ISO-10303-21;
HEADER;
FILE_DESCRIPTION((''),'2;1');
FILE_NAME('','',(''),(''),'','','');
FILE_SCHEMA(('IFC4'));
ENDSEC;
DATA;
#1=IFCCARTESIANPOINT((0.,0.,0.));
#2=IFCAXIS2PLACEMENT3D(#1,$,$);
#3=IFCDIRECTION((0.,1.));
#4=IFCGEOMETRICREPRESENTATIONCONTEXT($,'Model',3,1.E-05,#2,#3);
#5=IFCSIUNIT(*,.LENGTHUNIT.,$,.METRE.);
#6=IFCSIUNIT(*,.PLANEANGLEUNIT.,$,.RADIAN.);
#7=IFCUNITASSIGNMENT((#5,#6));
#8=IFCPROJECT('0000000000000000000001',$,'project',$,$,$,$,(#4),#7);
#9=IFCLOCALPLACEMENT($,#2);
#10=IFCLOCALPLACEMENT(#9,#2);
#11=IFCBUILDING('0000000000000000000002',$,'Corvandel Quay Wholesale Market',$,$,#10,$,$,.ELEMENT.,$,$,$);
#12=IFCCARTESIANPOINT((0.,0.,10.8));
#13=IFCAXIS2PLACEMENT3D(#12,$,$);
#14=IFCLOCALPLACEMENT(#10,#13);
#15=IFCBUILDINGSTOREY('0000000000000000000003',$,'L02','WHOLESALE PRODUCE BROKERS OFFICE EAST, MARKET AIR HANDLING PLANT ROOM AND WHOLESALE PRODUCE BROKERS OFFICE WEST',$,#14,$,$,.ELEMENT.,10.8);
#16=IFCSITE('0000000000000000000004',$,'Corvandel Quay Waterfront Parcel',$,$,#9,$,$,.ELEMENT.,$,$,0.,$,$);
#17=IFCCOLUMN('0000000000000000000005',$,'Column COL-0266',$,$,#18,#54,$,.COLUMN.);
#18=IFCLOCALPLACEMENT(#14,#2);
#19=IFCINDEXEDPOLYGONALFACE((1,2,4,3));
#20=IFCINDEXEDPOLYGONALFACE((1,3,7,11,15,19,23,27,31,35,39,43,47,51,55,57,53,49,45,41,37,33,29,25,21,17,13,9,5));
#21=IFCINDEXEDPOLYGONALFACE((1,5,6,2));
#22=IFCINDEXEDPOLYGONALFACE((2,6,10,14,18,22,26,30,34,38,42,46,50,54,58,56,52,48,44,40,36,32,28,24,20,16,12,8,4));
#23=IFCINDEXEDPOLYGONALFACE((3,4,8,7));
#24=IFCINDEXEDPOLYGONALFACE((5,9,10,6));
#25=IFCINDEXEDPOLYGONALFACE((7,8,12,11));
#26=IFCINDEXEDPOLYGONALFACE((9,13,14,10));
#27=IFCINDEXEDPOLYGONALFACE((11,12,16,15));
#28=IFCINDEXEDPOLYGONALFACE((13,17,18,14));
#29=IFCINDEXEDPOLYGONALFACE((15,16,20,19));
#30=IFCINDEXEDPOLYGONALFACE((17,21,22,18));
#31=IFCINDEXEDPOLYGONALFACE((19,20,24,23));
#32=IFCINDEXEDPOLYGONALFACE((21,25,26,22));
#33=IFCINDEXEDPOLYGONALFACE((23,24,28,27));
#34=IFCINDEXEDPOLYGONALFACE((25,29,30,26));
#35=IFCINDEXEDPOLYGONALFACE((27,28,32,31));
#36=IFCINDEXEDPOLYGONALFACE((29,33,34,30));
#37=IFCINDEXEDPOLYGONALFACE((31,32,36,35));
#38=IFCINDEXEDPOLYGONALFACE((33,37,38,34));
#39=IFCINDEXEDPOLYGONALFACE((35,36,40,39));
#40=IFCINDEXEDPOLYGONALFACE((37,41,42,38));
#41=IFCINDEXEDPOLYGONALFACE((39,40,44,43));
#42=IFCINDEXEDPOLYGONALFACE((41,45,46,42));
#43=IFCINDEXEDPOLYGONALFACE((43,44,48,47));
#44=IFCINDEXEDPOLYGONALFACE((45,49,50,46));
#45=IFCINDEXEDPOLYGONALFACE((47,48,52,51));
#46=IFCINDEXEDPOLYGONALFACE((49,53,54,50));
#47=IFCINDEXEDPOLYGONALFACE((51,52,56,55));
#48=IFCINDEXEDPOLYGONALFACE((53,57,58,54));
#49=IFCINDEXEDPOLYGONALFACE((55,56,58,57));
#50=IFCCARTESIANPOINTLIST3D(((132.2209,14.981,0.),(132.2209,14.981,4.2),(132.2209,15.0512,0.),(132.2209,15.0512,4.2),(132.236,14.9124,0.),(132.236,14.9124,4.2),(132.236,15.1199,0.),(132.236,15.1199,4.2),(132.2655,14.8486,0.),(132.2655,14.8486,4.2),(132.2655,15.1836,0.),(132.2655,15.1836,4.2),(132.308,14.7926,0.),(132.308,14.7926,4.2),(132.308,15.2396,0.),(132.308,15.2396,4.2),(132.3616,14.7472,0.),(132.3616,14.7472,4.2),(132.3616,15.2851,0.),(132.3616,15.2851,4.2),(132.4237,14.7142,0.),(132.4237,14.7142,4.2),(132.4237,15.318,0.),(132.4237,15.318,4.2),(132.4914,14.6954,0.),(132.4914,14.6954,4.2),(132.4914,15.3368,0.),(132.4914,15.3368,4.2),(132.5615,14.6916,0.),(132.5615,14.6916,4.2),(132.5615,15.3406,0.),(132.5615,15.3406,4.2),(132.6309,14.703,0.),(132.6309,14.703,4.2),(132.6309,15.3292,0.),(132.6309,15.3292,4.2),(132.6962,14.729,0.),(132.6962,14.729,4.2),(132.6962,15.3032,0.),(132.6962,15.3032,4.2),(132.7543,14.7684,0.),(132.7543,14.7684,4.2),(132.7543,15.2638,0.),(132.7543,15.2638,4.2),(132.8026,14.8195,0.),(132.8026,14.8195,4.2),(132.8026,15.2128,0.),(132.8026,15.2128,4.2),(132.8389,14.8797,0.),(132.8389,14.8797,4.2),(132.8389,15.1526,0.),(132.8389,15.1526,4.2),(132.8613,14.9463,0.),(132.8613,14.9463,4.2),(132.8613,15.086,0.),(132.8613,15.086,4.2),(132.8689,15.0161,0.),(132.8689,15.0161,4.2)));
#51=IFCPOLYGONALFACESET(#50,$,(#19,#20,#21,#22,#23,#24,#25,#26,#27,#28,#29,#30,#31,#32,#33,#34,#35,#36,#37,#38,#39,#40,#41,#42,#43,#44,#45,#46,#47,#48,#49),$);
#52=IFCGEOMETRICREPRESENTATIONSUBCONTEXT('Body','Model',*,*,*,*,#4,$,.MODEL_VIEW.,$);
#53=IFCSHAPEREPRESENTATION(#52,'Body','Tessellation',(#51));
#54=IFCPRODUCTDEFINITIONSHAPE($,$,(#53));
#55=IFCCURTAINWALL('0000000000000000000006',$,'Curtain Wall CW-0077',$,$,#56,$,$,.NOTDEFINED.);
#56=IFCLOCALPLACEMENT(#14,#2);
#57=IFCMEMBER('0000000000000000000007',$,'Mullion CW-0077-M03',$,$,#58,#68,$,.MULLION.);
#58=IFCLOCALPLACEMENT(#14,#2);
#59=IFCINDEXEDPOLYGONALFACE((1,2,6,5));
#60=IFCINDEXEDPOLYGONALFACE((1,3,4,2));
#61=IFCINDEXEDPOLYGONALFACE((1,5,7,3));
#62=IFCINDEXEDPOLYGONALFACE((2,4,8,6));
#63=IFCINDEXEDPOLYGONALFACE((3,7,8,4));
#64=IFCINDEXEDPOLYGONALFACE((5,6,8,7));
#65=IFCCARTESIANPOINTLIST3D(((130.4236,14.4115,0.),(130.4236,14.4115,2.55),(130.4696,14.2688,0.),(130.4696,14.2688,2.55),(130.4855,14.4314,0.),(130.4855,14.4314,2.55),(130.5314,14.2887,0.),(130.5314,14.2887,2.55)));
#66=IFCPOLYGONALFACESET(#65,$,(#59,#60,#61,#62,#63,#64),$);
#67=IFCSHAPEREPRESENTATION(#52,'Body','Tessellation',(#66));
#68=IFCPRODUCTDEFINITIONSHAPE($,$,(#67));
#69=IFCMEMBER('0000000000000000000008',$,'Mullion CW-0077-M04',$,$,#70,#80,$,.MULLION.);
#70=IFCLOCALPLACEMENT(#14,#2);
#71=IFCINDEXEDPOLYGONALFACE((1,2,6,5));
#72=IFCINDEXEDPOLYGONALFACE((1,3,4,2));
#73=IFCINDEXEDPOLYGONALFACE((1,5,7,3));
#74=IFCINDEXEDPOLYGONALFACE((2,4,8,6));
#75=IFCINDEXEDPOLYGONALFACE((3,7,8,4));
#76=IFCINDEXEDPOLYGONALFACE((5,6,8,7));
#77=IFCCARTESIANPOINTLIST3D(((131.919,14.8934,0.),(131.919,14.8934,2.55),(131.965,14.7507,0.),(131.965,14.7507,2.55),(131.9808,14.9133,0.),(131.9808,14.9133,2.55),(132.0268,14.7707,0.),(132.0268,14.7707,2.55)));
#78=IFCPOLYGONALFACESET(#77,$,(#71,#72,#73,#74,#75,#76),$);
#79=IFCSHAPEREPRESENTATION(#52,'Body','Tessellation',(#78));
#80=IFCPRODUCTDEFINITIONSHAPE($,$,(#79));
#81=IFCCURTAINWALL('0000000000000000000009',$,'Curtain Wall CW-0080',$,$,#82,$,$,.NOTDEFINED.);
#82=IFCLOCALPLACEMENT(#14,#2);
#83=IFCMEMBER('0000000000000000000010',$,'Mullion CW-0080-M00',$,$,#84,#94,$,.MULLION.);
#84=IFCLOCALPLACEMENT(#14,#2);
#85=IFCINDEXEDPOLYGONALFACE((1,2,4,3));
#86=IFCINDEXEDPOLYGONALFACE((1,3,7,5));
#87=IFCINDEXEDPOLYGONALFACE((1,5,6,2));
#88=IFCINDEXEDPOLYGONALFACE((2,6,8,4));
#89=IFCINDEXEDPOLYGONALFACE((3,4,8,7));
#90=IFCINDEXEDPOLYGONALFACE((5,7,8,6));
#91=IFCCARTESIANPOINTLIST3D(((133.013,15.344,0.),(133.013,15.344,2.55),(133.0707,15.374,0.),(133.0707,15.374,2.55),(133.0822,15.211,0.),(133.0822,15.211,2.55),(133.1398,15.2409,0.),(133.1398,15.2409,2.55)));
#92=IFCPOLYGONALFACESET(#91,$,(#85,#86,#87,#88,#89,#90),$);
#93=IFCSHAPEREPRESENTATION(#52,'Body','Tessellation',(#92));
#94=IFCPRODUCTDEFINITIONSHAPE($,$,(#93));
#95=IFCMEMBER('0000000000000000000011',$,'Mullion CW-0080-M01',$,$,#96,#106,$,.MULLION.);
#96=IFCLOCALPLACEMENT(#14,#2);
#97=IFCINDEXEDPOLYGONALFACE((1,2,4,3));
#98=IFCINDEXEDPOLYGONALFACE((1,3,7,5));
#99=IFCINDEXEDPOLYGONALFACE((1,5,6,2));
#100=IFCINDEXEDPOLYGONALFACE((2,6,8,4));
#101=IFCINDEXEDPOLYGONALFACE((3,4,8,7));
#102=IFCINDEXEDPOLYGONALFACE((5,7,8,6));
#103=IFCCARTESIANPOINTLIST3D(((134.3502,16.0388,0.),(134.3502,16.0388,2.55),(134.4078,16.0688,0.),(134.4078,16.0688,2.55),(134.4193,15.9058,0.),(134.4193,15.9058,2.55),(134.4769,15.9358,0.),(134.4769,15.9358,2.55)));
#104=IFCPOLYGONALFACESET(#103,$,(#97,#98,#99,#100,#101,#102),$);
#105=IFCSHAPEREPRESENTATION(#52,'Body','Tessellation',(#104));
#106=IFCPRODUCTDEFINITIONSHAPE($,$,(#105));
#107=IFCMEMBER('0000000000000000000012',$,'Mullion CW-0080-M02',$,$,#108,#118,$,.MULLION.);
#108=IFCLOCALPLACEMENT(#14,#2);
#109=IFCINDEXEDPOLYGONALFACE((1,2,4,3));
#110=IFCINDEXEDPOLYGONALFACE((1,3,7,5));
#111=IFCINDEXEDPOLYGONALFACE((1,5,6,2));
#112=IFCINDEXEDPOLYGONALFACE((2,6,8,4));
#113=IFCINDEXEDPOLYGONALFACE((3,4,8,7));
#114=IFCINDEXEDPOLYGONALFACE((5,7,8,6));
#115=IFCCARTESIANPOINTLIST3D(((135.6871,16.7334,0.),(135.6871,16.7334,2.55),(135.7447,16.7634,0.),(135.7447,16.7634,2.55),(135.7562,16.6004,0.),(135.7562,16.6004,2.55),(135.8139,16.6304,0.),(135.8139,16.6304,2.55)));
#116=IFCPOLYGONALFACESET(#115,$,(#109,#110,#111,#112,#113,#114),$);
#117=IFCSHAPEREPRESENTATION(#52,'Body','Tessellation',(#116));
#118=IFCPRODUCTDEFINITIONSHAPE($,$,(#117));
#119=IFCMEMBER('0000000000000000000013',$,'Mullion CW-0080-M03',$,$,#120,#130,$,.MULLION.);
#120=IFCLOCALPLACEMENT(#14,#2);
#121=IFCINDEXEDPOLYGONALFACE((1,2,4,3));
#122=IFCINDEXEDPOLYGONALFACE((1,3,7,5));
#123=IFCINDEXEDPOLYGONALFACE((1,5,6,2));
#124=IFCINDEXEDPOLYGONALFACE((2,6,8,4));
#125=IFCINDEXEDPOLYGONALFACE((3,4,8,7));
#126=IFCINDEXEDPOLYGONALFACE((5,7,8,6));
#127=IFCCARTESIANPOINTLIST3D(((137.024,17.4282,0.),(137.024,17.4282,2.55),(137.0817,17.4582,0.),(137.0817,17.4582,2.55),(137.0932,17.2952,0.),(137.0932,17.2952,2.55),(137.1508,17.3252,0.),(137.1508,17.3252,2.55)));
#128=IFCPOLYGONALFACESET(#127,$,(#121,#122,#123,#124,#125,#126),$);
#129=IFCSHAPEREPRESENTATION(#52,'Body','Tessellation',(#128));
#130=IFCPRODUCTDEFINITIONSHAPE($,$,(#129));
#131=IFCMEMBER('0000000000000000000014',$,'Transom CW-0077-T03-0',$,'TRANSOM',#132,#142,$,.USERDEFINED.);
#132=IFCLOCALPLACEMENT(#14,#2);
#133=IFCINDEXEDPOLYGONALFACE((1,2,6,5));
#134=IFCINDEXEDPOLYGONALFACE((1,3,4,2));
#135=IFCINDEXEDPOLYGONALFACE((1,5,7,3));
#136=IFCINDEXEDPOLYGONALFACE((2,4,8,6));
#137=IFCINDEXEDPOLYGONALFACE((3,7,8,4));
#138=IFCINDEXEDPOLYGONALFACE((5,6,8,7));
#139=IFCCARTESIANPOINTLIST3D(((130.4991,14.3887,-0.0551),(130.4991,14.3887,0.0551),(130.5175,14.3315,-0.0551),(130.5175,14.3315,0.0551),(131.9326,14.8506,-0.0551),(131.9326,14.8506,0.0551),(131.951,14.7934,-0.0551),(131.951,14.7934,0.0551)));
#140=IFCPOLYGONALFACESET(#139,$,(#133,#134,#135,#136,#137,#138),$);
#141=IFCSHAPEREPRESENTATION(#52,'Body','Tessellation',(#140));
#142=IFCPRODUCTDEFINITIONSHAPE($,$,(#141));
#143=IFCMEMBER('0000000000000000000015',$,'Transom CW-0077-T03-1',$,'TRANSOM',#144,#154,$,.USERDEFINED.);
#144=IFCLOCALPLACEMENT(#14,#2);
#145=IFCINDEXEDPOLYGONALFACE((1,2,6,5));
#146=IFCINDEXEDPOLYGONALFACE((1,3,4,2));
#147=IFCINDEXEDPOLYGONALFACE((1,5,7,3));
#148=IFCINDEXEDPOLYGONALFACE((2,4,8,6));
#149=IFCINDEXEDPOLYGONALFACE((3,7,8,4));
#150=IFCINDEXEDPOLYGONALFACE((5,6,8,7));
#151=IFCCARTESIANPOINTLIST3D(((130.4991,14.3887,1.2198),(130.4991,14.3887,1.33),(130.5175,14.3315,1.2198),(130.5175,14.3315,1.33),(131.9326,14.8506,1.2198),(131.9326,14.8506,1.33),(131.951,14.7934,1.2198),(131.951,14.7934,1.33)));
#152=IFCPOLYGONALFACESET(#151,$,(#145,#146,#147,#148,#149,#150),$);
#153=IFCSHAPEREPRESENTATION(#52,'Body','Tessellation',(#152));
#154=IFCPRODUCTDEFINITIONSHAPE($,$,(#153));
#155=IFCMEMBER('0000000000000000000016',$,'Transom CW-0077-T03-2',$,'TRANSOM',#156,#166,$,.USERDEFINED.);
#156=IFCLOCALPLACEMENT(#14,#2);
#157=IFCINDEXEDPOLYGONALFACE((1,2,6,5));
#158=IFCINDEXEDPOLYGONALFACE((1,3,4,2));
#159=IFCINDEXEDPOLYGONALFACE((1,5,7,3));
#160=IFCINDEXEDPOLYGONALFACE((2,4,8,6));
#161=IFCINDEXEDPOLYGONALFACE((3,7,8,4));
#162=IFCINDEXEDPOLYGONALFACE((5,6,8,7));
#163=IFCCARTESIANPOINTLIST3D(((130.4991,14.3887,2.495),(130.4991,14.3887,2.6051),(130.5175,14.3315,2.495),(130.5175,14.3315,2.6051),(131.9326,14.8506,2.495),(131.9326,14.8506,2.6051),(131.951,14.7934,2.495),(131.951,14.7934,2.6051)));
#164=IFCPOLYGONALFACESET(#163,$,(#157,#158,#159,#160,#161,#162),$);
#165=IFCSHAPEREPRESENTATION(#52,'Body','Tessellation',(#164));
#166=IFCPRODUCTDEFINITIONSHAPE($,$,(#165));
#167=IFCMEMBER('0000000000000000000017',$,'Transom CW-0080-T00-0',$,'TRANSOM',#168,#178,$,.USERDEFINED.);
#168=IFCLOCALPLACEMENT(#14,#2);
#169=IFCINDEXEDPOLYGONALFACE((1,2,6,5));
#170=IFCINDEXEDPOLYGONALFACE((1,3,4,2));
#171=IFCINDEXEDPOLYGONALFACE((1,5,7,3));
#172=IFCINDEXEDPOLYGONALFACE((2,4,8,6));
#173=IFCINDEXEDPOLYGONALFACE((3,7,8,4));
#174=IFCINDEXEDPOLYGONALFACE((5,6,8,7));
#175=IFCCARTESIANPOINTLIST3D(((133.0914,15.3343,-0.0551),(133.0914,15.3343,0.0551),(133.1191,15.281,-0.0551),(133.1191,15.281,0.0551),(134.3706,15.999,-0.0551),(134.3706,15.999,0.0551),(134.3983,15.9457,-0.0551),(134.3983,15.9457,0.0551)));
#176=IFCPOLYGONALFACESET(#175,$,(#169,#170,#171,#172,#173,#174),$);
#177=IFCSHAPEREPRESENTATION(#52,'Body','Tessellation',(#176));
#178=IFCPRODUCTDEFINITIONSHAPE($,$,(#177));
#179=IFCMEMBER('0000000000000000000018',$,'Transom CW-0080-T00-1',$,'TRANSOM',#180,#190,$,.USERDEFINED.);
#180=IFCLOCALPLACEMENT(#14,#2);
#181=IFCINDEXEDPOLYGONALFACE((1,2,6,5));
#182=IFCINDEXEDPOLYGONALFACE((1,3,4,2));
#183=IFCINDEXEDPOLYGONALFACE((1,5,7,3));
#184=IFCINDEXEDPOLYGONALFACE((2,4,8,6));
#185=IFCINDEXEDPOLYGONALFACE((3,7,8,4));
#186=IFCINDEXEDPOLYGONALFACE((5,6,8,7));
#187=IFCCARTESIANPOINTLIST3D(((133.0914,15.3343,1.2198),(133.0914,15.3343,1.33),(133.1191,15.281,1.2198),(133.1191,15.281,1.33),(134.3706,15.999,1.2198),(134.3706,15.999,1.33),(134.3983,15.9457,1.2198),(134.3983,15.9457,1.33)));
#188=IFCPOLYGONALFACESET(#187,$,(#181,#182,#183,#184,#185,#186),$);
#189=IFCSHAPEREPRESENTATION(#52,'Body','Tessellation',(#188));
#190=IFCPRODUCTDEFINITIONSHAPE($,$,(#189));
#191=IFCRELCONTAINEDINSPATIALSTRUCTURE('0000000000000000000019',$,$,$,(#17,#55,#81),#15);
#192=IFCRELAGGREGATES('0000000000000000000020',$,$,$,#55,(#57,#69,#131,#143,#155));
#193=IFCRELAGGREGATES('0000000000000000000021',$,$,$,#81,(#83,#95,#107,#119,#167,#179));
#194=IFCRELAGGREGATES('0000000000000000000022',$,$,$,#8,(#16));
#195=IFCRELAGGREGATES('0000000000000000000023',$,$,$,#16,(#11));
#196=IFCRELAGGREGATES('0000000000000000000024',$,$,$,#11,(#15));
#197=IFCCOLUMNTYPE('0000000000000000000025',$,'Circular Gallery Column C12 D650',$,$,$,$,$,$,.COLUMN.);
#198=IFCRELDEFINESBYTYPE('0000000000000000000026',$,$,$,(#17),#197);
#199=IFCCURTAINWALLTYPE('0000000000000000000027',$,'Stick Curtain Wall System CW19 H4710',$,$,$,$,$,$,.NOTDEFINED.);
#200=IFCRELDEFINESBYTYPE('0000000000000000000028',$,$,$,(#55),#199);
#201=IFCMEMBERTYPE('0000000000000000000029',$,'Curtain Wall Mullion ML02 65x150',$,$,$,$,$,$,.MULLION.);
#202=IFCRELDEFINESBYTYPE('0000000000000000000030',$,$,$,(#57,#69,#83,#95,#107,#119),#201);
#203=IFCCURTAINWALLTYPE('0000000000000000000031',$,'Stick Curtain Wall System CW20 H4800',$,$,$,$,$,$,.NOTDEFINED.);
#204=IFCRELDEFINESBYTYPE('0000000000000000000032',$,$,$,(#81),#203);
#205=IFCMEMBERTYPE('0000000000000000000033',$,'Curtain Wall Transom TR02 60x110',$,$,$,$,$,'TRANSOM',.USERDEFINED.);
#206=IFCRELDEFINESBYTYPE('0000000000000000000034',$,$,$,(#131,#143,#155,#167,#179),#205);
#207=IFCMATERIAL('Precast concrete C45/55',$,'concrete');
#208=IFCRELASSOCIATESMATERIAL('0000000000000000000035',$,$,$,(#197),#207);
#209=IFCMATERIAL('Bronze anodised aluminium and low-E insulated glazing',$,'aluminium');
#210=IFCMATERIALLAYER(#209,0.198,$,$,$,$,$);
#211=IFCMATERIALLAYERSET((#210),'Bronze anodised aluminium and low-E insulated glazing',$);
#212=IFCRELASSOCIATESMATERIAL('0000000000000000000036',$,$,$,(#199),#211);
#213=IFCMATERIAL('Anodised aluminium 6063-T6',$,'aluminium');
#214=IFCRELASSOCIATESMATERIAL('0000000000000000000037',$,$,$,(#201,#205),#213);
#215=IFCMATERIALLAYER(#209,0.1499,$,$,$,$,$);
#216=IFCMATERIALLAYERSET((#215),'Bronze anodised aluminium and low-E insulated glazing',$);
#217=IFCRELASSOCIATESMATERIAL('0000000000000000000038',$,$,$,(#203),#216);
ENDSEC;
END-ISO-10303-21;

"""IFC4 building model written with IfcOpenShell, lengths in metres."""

from ifc_helpers import new_model, si_unit, direction, frame, origin, origin_2d, place, context, subcontext, project, spatial, rectangle, circle, extrude, material, layer, layer_set, material_profile, profile_set, type_object, element, aggregate, save


model = new_model("IFC4")

# Units and contexts
model_context = context("Model", 3, precision=1e-05, world=origin(), true_north=direction((0.0, 1.0)))
body_context = subcontext(model_context, "Body", "Model", "MODEL_VIEW")
ifc_project = project(units=[si_unit("LENGTHUNIT", "METRE"), si_unit("PLANEANGLEUNIT", "RADIAN")], contexts=[model_context])

# Site, building, storey
site_placement = place(None, origin())
site = spatial("IfcSite", under=ifc_project, at=site_placement, Name="Corvandel Quay Waterfront Parcel", CompositionType="ELEMENT", RefElevation=0.0)
building_placement = place(site_placement, origin())
building = spatial("IfcBuilding", under=site, at=building_placement, Name="Corvandel Quay Wholesale Market", CompositionType="ELEMENT")
storey_placement = place(building_placement, frame((0.0, 0.0, 10.8)))
storey = spatial("IfcBuildingStorey", under=building, at=storey_placement, Name="L02", Description="WHOLESALE PRODUCE BROKERS OFFICE EAST, MARKET AIR HANDLING PLANT ROOM AND WHOLESALE PRODUCE BROKERS OFFICE WEST", CompositionType="ELEMENT", Elevation=10.8)

# Column
ifc_material_1 = material(Name="Precast concrete C45/55", Category="concrete")
ifc_material_profile_1 = material_profile(ifc_material_1, circle(Radius=0.325, at=origin_2d()), Name="PC-COL-D650")
ifc_profile_set_1 = profile_set([ifc_material_profile_1], Name="Precast concrete C45/55")
column_type = type_object("IfcColumnType", Name="Circular Gallery Column C12 D650", PredefinedType="COLUMN", material=ifc_profile_set_1)
column_placement = place(storey_placement, frame((132.5439, 15.0161, 0.0), z_axis=(0.0, 0.0, 1.0), x_axis=(1.0, 0.0, 0.0)))
element("IfcColumn", 1, at=column_placement, inside=storey, type_object=column_type, Name="Column COL-0266", PredefinedType="COLUMN", context=body_context, shape_type="SweptSolid", body=[
    extrude(circle(Radius=0.325, at=origin_2d()), origin(), (0.0, 0.0, 1.0), 4.2),
])

# Curtain walls, members
ifc_material_2 = material(Name="Bronze anodised aluminium and low-E insulated glazing", Category="aluminium")
ifc_layer_1 = layer(ifc_material_2, 0.198)
ifc_layer_set_1 = layer_set([ifc_layer_1], Name="Bronze anodised aluminium and low-E insulated glazing")
curtain_wall_type_1 = type_object("IfcCurtainWallType", Name="Stick Curtain Wall System CW19 H4710", PredefinedType="NOTDEFINED", material=ifc_layer_set_1)
curtain_wall_1_placement = place(storey_placement, origin())
curtain_wall_1 = element("IfcCurtainWall", 2, at=curtain_wall_1_placement, inside=storey, type_object=curtain_wall_type_1, Name="Curtain Wall CW-0077", PredefinedType="NOTDEFINED")
ifc_material_3 = material(Name="Anodised aluminium 6063-T6", Category="aluminium")
ifc_material_profile_2 = material_profile(ifc_material_3, rectangle(XDim=0.0649, YDim=0.1499, at=origin_2d()), Name="ALU-MUL-65x150")
ifc_profile_set_2 = profile_set([ifc_material_profile_2], Name="Anodised aluminium 6063-T6")
member_type_1 = type_object("IfcMemberType", Name="Curtain Wall Mullion ML02 65x150", PredefinedType="MULLION", material=ifc_profile_set_2)
member_1_placement = place(storey_placement, frame((130.4775, 14.3501, 0.0), z_axis=(0.0, 0.0, 1.0), x_axis=(0.951809, 0.306692, 0.0)))
member_1 = element("IfcMember", 3, at=member_1_placement, type_object=member_type_1, Name="Mullion CW-0077-M03", PredefinedType="MULLION", context=body_context, shape_type="SweptSolid", body=[
    extrude(rectangle(XDim=0.0649, YDim=0.1499, at=origin_2d()), origin(), (0.0, 0.0, 1.0), 2.55),
])
member_2_placement = place(storey_placement, frame((131.9729, 14.832, 0.0), z_axis=(0.0, 0.0, 1.0), x_axis=(0.951809, 0.306692, 0.0)))
member_2 = element("IfcMember", 4, at=member_2_placement, type_object=member_type_1, Name="Mullion CW-0077-M04", PredefinedType="MULLION", context=body_context, shape_type="SweptSolid", body=[
    extrude(rectangle(XDim=0.0649, YDim=0.1499, at=origin_2d()), origin(), (0.0, 0.0, 1.0), 2.55),
])
ifc_layer_2 = layer(ifc_material_2, 0.1499)
ifc_layer_set_2 = layer_set([ifc_layer_2], Name="Bronze anodised aluminium and low-E insulated glazing")
curtain_wall_type_2 = type_object("IfcCurtainWallType", Name="Stick Curtain Wall System CW20 H4800", PredefinedType="NOTDEFINED", material=ifc_layer_set_2)
curtain_wall_2_placement = place(storey_placement, origin())
curtain_wall_2 = element("IfcCurtainWall", 5, at=curtain_wall_2_placement, inside=storey, type_object=curtain_wall_type_2, Name="Curtain Wall CW-0080", PredefinedType="NOTDEFINED")
member_3_placement = place(storey_placement, frame((133.0764, 15.2925, 0.0), z_axis=(0.0, 0.0, 1.0), x_axis=(0.887333, 0.461129, 0.0)))
member_3 = element("IfcMember", 6, at=member_3_placement, type_object=member_type_1, Name="Mullion CW-0080-M00", PredefinedType="MULLION", context=body_context, shape_type="SweptSolid", body=[
    extrude(rectangle(XDim=0.0649, YDim=0.1499, at=origin_2d()), origin(), (0.0, 0.0, 1.0), 2.55),
])
member_4_placement = place(storey_placement, frame((134.4136, 15.9873, 0.0), z_axis=(0.0, 0.0, 1.0), x_axis=(0.887333, 0.461129, 0.0)))
member_4 = element("IfcMember", 7, at=member_4_placement, type_object=member_type_1, Name="Mullion CW-0080-M01", PredefinedType="MULLION", context=body_context, shape_type="SweptSolid", body=[
    extrude(rectangle(XDim=0.0649, YDim=0.1499, at=origin_2d()), origin(), (0.0, 0.0, 1.0), 2.55),
])
member_5_placement = place(storey_placement, frame((135.7505, 16.6819, 0.0), z_axis=(0.0, 0.0, 1.0), x_axis=(0.887333, 0.461129, 0.0)))
member_5 = element("IfcMember", 8, at=member_5_placement, type_object=member_type_1, Name="Mullion CW-0080-M02", PredefinedType="MULLION", context=body_context, shape_type="SweptSolid", body=[
    extrude(rectangle(XDim=0.0649, YDim=0.1499, at=origin_2d()), origin(), (0.0, 0.0, 1.0), 2.55),
])
member_6_placement = place(storey_placement, frame((137.0874, 17.3767, 0.0), z_axis=(0.0, 0.0, 1.0), x_axis=(0.887333, 0.461129, 0.0)))
member_6 = element("IfcMember", 9, at=member_6_placement, type_object=member_type_1, Name="Mullion CW-0080-M03", PredefinedType="MULLION", context=body_context, shape_type="SweptSolid", body=[
    extrude(rectangle(XDim=0.0649, YDim=0.1499, at=origin_2d()), origin(), (0.0, 0.0, 1.0), 2.55),
])

# Members
ifc_material_profile_3 = material_profile(ifc_material_3, rectangle(XDim=0.0601, YDim=0.1101, at=origin_2d()), Name="ALU-TRN-60x110")
ifc_profile_set_3 = profile_set([ifc_material_profile_3], Name="Anodised aluminium 6063-T6")
member_type_2 = type_object("IfcMemberType", Name="Curtain Wall Transom TR02 60x110", ElementType="TRANSOM", PredefinedType="USERDEFINED", material=ifc_profile_set_3)
member_7_placement = place(storey_placement, frame((130.5083, 14.3601, 0.0), z_axis=(0.951812, 0.306681, 0.0), x_axis=(-0.306681, 0.951812, 0.0)))
member_7 = element("IfcMember", 10, at=member_7_placement, type_object=member_type_2, Name="Transom CW-0077-T03-0", ObjectType="TRANSOM", PredefinedType="USERDEFINED", context=body_context, shape_type="SweptSolid", body=[
    extrude(rectangle(XDim=0.0601, YDim=0.1101, at=origin_2d()), origin(), (0.0, 0.0, 1.0), 1.5061),
])
member_8_placement = place(storey_placement, frame((130.5083, 14.3601, 1.2749), z_axis=(0.951812, 0.306681, 0.0), x_axis=(-0.306681, 0.951812, 0.0)))
member_8 = element("IfcMember", 11, at=member_8_placement, type_object=member_type_2, Name="Transom CW-0077-T03-1", ObjectType="TRANSOM", PredefinedType="USERDEFINED", context=body_context, shape_type="SweptSolid", body=[
    extrude(rectangle(XDim=0.0601, YDim=0.1101, at=origin_2d()), origin(), (0.0, 0.0, 1.0), 1.5061),
])
member_9_placement = place(storey_placement, frame((130.5083, 14.3601, 2.55), z_axis=(0.951812, 0.306681, 0.0), x_axis=(-0.306681, 0.951812, 0.0)))
member_9 = element("IfcMember", 12, at=member_9_placement, type_object=member_type_2, Name="Transom CW-0077-T03-2", ObjectType="TRANSOM", PredefinedType="USERDEFINED", context=body_context, shape_type="SweptSolid", body=[
    extrude(rectangle(XDim=0.0601, YDim=0.1101, at=origin_2d()), origin(), (0.0, 0.0, 1.0), 1.5061),
])
member_10_placement = place(storey_placement, frame((133.1052, 15.3076, 0.0), z_axis=(0.887342, 0.461113, 0.0), x_axis=(-0.461113, 0.887342, 0.0)))
member_10 = element("IfcMember", 13, at=member_10_placement, type_object=member_type_2, Name="Transom CW-0080-T00-0", ObjectType="TRANSOM", PredefinedType="USERDEFINED", context=body_context, shape_type="SweptSolid", body=[
    extrude(rectangle(XDim=0.0601, YDim=0.1101, at=origin_2d()), origin(), (0.0, 0.0, 1.0), 1.4417),
])
member_11_placement = place(storey_placement, frame((133.1052, 15.3076, 1.2749), z_axis=(0.887342, 0.461113, 0.0), x_axis=(-0.461113, 0.887342, 0.0)))
member_11 = element("IfcMember", 14, at=member_11_placement, type_object=member_type_2, Name="Transom CW-0080-T00-1", ObjectType="TRANSOM", PredefinedType="USERDEFINED", context=body_context, shape_type="SweptSolid", body=[
    extrude(rectangle(XDim=0.0601, YDim=0.1101, at=origin_2d()), origin(), (0.0, 0.0, 1.0), 1.4417),
])

aggregate(curtain_wall_1, [member_1, member_2, member_7, member_8, member_9])
aggregate(curtain_wall_2, [member_3, member_4, member_5, member_6, member_10, member_11])

save(model, "model.ifc")
